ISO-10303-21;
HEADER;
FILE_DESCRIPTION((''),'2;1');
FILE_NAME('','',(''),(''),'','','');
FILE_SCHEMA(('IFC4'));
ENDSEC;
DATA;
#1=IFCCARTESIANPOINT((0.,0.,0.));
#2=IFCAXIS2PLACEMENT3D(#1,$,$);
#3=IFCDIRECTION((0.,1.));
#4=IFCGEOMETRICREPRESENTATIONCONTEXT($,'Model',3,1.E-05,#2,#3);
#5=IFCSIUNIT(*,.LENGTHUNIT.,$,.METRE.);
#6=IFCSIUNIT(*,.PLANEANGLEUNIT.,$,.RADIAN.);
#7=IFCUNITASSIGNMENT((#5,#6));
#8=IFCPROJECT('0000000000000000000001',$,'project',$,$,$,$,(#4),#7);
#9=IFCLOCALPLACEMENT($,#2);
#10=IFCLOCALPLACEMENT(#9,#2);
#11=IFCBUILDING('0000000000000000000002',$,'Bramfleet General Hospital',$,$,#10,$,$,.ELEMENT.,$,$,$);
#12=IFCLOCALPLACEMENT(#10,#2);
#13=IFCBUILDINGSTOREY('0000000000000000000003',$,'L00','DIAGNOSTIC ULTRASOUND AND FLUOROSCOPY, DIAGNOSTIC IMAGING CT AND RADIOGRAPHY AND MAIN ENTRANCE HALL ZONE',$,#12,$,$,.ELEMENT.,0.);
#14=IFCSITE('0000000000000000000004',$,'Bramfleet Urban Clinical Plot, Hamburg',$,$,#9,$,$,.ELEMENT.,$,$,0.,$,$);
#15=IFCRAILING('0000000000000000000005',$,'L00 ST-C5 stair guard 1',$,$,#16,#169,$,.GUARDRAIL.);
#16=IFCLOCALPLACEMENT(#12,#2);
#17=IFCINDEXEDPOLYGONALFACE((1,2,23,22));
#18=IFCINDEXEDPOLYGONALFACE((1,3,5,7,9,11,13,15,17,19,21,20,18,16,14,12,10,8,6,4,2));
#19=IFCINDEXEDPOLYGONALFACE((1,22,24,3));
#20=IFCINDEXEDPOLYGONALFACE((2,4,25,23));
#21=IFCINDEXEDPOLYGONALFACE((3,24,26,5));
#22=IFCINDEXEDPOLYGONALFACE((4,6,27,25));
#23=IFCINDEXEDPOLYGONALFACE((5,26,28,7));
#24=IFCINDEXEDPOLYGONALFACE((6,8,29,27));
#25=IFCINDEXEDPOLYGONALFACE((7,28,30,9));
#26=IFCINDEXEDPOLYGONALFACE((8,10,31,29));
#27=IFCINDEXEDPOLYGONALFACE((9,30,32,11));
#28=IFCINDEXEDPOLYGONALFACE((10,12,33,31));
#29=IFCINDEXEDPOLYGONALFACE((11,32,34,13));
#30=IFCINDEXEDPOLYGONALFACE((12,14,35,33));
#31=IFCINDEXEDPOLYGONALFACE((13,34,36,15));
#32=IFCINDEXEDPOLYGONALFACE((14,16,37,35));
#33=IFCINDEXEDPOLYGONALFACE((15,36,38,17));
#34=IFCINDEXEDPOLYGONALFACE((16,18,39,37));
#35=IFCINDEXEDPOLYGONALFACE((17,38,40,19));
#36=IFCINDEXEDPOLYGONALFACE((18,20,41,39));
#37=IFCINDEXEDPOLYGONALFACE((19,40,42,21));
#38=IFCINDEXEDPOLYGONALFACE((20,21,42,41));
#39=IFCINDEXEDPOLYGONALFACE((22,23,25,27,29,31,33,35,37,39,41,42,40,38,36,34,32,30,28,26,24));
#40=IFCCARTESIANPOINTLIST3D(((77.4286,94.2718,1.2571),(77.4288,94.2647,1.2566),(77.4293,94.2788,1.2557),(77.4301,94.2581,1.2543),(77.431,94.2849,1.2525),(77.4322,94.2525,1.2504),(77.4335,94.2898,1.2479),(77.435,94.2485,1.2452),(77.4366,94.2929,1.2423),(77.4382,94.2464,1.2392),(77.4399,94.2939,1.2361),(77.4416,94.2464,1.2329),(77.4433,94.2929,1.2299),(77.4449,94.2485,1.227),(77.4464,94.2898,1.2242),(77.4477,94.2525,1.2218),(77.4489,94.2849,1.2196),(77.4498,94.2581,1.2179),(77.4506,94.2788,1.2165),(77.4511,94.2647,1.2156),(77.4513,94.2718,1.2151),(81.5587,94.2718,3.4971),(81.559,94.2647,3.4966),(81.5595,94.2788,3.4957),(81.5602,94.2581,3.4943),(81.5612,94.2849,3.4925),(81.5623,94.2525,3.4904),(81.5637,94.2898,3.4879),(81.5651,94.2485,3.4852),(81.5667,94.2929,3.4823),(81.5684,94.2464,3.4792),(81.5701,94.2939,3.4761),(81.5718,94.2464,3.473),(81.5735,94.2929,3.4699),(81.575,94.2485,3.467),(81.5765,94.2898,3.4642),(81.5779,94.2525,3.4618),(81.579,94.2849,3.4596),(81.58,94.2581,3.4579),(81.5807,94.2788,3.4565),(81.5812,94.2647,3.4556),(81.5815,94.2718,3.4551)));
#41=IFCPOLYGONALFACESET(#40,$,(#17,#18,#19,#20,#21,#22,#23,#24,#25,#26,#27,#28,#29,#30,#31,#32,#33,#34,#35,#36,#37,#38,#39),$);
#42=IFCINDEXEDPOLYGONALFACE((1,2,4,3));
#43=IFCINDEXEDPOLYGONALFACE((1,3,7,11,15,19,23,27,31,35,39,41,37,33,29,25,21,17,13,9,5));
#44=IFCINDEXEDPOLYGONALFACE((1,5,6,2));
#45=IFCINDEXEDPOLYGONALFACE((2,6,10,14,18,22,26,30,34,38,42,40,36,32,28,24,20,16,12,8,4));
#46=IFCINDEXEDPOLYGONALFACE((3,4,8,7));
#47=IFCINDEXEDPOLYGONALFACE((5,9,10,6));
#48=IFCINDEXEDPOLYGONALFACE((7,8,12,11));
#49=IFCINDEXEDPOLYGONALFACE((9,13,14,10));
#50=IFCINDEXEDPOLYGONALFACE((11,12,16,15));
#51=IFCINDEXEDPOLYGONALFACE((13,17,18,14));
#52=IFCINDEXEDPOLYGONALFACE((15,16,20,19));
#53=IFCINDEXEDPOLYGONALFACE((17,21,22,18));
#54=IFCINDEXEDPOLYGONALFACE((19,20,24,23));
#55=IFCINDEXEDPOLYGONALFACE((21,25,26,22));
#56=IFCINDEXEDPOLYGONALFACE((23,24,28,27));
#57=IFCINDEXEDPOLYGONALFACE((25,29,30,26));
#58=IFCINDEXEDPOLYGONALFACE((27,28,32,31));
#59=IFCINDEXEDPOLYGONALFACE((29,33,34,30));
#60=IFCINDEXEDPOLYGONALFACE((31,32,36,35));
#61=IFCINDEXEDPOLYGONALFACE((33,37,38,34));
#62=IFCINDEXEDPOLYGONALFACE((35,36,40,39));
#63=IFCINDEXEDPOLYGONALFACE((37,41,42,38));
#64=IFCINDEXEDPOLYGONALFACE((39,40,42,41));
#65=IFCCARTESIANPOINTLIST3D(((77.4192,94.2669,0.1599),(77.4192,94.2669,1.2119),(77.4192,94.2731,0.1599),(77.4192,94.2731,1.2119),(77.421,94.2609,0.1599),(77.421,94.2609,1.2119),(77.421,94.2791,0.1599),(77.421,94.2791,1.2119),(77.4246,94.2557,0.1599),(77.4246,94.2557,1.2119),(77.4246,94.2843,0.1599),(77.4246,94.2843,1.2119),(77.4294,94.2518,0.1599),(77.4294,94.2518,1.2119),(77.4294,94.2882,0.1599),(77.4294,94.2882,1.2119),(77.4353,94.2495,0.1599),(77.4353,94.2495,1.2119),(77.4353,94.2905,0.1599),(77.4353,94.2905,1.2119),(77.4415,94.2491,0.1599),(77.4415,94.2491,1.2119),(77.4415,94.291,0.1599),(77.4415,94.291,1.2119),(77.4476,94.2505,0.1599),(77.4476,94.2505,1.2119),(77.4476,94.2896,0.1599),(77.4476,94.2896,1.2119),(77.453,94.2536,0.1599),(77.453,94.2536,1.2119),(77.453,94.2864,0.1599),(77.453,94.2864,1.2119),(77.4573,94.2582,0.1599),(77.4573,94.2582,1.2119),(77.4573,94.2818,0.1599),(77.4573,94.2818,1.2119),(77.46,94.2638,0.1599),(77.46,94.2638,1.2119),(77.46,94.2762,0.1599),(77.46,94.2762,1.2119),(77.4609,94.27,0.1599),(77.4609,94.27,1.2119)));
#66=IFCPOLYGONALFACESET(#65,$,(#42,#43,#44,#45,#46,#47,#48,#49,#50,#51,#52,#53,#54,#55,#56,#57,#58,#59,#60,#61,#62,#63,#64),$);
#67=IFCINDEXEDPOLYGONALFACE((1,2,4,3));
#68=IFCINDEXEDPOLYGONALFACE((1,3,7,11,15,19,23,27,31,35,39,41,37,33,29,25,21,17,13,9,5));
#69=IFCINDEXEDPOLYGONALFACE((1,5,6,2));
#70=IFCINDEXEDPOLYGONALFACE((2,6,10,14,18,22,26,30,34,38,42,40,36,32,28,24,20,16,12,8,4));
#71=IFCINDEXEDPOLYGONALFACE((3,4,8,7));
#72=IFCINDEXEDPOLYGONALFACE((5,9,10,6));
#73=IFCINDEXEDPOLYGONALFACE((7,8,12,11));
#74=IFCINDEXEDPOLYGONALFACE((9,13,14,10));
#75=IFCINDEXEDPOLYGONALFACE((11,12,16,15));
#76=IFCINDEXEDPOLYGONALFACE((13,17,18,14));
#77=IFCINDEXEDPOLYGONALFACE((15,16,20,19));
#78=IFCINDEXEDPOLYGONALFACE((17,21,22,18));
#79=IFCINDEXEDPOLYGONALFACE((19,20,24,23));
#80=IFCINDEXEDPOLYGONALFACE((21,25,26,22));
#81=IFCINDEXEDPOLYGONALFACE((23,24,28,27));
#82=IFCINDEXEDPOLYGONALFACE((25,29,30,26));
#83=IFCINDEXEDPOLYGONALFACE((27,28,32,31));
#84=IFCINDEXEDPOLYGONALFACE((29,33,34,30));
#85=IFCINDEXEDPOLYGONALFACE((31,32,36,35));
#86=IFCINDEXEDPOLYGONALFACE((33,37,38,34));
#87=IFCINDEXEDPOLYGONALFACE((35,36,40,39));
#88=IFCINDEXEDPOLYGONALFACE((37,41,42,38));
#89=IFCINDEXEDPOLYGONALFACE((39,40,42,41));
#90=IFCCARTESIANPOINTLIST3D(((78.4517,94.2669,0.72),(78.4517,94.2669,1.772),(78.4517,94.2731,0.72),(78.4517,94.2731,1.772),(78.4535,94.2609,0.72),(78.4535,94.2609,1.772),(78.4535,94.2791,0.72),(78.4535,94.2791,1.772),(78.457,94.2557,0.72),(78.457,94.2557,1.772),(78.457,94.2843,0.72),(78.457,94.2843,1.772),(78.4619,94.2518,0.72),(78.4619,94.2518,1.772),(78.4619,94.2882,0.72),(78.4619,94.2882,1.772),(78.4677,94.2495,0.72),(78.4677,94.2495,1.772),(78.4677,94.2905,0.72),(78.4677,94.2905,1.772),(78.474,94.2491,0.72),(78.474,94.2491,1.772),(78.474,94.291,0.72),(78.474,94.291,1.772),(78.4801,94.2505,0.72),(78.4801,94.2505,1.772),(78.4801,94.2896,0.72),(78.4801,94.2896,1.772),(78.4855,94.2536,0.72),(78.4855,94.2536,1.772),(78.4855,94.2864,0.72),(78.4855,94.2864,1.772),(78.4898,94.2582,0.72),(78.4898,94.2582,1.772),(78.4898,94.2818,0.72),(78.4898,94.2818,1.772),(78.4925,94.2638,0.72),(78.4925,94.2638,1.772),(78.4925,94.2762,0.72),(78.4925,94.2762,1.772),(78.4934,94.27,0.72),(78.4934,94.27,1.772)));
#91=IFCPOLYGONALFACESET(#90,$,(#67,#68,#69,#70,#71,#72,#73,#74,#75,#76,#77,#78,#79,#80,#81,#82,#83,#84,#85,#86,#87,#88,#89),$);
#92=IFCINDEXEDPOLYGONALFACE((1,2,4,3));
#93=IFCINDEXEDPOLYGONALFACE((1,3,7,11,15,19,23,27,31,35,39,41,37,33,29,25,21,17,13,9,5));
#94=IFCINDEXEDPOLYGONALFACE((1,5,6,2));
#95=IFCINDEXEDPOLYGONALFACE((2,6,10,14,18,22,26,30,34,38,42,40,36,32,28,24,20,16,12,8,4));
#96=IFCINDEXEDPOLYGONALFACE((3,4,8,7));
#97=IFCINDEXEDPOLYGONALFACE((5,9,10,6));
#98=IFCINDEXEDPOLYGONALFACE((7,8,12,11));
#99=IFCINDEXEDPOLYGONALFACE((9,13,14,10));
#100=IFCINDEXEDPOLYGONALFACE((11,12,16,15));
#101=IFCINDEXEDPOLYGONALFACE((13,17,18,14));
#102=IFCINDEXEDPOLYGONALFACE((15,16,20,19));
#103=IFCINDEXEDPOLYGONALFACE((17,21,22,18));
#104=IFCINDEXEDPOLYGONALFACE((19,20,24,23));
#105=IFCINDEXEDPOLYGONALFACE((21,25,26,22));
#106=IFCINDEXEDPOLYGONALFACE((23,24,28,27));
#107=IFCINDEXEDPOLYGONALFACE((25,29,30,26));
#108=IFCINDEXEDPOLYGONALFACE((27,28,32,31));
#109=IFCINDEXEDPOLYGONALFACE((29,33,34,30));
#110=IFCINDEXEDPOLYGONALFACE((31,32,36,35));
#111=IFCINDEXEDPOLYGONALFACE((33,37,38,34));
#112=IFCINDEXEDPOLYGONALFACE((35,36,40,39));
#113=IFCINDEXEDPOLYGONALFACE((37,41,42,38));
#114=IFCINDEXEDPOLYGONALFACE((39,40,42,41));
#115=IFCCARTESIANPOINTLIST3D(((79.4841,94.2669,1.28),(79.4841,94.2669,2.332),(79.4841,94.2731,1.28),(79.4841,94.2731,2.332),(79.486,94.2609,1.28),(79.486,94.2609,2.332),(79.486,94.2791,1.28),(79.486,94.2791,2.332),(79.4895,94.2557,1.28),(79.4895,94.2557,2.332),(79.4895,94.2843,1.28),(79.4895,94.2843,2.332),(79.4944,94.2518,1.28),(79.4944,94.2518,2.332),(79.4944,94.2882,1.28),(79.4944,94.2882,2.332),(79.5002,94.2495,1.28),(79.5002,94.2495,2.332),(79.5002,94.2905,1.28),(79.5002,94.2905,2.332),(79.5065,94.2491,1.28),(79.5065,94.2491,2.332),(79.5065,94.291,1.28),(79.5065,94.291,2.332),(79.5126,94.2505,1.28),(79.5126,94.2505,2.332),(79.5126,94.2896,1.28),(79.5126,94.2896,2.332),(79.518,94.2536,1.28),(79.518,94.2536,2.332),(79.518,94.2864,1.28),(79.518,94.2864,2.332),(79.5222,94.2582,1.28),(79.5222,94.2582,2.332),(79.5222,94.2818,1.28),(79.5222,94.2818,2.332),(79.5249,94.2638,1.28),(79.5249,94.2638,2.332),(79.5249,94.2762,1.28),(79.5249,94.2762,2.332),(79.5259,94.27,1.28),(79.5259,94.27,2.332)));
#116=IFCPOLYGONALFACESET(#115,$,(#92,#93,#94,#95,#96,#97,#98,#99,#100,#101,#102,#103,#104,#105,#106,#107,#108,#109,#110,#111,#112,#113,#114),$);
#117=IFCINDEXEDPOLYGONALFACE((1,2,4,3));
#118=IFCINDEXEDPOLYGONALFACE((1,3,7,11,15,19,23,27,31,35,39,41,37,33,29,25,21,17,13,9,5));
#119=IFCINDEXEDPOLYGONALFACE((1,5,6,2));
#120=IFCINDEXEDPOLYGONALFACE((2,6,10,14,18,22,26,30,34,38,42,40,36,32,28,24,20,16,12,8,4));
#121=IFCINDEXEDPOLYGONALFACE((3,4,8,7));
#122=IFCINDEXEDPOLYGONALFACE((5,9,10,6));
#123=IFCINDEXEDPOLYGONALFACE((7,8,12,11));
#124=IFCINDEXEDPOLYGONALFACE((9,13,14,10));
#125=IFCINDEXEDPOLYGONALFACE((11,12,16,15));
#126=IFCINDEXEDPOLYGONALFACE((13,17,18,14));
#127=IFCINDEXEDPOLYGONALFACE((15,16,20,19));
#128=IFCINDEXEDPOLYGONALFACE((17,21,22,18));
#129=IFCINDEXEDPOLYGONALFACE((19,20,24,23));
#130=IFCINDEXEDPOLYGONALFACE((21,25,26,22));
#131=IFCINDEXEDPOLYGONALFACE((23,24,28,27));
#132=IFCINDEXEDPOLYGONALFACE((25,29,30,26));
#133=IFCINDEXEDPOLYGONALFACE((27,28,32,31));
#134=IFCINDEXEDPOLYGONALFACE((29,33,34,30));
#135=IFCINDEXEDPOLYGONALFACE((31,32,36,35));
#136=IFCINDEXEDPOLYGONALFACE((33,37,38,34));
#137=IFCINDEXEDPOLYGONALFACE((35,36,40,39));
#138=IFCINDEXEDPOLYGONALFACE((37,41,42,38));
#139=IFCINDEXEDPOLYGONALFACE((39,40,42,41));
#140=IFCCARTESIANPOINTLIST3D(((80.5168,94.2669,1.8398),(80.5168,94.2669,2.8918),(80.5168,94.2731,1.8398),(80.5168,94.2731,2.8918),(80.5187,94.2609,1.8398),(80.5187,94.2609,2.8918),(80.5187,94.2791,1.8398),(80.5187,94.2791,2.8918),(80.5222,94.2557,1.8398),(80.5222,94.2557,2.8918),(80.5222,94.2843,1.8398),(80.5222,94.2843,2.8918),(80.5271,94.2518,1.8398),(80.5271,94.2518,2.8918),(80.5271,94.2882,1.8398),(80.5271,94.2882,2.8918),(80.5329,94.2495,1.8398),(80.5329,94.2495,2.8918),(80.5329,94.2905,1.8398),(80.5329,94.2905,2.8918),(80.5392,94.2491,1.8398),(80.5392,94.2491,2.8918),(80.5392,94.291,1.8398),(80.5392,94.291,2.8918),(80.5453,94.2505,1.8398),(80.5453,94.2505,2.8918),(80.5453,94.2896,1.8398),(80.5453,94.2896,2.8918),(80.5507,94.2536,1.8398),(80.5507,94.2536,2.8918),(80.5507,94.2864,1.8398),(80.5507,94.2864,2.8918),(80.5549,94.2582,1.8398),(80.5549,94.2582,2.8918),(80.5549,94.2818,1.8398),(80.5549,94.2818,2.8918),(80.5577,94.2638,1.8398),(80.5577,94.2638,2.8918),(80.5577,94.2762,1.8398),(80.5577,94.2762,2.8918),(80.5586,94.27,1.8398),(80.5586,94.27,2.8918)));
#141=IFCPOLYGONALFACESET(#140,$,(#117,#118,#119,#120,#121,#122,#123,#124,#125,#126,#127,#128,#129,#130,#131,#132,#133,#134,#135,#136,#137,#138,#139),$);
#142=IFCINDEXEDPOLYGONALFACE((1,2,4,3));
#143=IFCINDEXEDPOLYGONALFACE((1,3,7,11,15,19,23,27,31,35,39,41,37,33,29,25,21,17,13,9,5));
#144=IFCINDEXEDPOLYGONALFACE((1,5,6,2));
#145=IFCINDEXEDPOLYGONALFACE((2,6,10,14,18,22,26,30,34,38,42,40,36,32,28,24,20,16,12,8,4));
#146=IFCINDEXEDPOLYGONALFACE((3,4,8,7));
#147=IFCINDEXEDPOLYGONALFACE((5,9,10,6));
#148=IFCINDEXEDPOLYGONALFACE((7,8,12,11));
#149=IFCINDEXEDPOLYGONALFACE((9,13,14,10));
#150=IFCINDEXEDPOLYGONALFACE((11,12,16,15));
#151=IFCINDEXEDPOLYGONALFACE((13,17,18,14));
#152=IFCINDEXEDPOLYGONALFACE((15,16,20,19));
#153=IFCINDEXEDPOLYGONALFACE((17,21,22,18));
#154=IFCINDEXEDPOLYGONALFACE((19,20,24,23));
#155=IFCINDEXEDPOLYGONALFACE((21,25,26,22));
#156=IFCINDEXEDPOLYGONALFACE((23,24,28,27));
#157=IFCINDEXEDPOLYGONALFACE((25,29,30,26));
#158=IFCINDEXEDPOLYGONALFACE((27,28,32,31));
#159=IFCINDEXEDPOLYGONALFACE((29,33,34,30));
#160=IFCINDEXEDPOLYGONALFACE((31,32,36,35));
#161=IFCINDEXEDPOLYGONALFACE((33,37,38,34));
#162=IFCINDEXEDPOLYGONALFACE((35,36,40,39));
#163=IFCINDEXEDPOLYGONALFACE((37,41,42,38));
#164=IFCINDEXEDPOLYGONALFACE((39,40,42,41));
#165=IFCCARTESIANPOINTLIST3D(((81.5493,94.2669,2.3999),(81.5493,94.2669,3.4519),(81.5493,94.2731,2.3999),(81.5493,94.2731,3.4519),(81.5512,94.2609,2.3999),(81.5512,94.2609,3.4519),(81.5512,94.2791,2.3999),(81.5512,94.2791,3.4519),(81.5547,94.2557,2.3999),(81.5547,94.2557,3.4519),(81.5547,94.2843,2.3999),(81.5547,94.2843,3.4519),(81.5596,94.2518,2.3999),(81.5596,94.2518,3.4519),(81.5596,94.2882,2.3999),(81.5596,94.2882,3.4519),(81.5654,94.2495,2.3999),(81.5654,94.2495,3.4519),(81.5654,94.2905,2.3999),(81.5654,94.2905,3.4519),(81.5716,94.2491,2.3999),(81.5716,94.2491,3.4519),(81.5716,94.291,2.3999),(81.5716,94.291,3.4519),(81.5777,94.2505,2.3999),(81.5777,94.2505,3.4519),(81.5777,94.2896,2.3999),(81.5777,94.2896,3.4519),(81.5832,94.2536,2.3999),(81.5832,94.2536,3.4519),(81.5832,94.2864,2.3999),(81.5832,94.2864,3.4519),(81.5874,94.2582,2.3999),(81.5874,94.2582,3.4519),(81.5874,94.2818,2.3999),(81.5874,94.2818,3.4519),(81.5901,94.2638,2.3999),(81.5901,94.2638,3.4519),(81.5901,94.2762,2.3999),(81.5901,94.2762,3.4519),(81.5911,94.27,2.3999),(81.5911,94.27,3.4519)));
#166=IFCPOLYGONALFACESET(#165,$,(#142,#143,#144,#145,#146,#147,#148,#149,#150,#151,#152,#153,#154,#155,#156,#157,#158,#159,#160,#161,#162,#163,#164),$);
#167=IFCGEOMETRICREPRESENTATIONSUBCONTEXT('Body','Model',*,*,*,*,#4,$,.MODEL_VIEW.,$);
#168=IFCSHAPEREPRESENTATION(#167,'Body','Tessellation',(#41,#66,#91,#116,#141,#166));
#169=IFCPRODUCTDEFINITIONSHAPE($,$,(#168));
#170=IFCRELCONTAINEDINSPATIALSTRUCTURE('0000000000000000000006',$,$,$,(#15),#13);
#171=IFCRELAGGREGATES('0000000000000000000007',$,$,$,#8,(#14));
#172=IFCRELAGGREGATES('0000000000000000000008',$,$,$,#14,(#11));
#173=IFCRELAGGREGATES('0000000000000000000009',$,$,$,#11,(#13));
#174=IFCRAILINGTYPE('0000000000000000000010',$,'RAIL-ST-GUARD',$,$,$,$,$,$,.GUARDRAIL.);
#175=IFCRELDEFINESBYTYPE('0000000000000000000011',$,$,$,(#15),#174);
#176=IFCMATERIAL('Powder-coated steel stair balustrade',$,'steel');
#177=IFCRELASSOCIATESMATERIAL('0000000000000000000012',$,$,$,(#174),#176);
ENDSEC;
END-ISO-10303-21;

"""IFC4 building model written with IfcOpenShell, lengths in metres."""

from ifc_helpers import new_model, si_unit, direction, frame, origin, origin_2d, place, context, subcontext, project, spatial, circle, extrude, material, type_object, element, save


model = new_model("IFC4")

# Units and contexts
model_context = context("Model", 3, precision=1e-05, world=origin(), true_north=direction((0.0, 1.0)))
body_context = subcontext(model_context, "Body", "Model", "MODEL_VIEW")
ifc_project = project(units=[si_unit("LENGTHUNIT", "METRE"), si_unit("PLANEANGLEUNIT", "RADIAN")], contexts=[model_context])

# Site, building, storey
site_placement = place(None, origin())
site = spatial("IfcSite", under=ifc_project, at=site_placement, Name="Bramfleet Urban Clinical Plot, Hamburg", CompositionType="ELEMENT", RefElevation=0.0)
building_placement = place(site_placement, origin())
building = spatial("IfcBuilding", under=site, at=building_placement, Name="Bramfleet General Hospital", CompositionType="ELEMENT")
storey_placement = place(building_placement, origin())
storey = spatial("IfcBuildingStorey", under=building, at=storey_placement, Name="L00", Description="DIAGNOSTIC ULTRASOUND AND FLUOROSCOPY, DIAGNOSTIC IMAGING CT AND RADIOGRAPHY AND MAIN ENTRANCE HALL ZONE", CompositionType="ELEMENT", Elevation=0.0)

# Railing
ifc_material_1 = material(Name="Powder-coated steel stair balustrade", Category="steel")
railing_type_1 = type_object("IfcRailingType", Name="RAIL-ST-GUARD", PredefinedType="GUARDRAIL", material=ifc_material_1)
railing_1_placement = place(storey_placement, frame((77.4399, 94.27, 0.1599)))
element("IfcRailing", 1, at=railing_1_placement, inside=storey, type_object=railing_type_1, Name="L00 ST-C5 stair guard 1", PredefinedType="GUARDRAIL", context=body_context, shape_type="SweptSolid", body=[
    extrude(circle(Radius=0.0239, at=origin_2d()), frame((0.0, 0.0, 1.0762), z_axis=(0.879039, 0.0, 0.47675), x_axis=(0.0, 1.0, 0.0)), (0.0, 0.0, 1.0), 4.6985),
    extrude(circle(Radius=0.021, at=origin_2d()), origin(), (0.0, 0.0, 1.0), 1.052),
    extrude(circle(Radius=0.021, at=origin_2d()), frame((1.0325, 0.0, 0.5601)), (0.0, 0.0, 1.0), 1.052),
    extrude(circle(Radius=0.021, at=origin_2d()), frame((2.0649, 0.0, 1.1201)), (0.0, 0.0, 1.0), 1.052),
    extrude(circle(Radius=0.021, at=origin_2d()), frame((3.0977, 0.0, 1.6799)), (0.0, 0.0, 1.0), 1.052),
    extrude(circle(Radius=0.021, at=origin_2d()), frame((4.1301, 0.0, 2.24)), (0.0, 0.0, 1.0), 1.052),
])

save(model, "model.ifc")
